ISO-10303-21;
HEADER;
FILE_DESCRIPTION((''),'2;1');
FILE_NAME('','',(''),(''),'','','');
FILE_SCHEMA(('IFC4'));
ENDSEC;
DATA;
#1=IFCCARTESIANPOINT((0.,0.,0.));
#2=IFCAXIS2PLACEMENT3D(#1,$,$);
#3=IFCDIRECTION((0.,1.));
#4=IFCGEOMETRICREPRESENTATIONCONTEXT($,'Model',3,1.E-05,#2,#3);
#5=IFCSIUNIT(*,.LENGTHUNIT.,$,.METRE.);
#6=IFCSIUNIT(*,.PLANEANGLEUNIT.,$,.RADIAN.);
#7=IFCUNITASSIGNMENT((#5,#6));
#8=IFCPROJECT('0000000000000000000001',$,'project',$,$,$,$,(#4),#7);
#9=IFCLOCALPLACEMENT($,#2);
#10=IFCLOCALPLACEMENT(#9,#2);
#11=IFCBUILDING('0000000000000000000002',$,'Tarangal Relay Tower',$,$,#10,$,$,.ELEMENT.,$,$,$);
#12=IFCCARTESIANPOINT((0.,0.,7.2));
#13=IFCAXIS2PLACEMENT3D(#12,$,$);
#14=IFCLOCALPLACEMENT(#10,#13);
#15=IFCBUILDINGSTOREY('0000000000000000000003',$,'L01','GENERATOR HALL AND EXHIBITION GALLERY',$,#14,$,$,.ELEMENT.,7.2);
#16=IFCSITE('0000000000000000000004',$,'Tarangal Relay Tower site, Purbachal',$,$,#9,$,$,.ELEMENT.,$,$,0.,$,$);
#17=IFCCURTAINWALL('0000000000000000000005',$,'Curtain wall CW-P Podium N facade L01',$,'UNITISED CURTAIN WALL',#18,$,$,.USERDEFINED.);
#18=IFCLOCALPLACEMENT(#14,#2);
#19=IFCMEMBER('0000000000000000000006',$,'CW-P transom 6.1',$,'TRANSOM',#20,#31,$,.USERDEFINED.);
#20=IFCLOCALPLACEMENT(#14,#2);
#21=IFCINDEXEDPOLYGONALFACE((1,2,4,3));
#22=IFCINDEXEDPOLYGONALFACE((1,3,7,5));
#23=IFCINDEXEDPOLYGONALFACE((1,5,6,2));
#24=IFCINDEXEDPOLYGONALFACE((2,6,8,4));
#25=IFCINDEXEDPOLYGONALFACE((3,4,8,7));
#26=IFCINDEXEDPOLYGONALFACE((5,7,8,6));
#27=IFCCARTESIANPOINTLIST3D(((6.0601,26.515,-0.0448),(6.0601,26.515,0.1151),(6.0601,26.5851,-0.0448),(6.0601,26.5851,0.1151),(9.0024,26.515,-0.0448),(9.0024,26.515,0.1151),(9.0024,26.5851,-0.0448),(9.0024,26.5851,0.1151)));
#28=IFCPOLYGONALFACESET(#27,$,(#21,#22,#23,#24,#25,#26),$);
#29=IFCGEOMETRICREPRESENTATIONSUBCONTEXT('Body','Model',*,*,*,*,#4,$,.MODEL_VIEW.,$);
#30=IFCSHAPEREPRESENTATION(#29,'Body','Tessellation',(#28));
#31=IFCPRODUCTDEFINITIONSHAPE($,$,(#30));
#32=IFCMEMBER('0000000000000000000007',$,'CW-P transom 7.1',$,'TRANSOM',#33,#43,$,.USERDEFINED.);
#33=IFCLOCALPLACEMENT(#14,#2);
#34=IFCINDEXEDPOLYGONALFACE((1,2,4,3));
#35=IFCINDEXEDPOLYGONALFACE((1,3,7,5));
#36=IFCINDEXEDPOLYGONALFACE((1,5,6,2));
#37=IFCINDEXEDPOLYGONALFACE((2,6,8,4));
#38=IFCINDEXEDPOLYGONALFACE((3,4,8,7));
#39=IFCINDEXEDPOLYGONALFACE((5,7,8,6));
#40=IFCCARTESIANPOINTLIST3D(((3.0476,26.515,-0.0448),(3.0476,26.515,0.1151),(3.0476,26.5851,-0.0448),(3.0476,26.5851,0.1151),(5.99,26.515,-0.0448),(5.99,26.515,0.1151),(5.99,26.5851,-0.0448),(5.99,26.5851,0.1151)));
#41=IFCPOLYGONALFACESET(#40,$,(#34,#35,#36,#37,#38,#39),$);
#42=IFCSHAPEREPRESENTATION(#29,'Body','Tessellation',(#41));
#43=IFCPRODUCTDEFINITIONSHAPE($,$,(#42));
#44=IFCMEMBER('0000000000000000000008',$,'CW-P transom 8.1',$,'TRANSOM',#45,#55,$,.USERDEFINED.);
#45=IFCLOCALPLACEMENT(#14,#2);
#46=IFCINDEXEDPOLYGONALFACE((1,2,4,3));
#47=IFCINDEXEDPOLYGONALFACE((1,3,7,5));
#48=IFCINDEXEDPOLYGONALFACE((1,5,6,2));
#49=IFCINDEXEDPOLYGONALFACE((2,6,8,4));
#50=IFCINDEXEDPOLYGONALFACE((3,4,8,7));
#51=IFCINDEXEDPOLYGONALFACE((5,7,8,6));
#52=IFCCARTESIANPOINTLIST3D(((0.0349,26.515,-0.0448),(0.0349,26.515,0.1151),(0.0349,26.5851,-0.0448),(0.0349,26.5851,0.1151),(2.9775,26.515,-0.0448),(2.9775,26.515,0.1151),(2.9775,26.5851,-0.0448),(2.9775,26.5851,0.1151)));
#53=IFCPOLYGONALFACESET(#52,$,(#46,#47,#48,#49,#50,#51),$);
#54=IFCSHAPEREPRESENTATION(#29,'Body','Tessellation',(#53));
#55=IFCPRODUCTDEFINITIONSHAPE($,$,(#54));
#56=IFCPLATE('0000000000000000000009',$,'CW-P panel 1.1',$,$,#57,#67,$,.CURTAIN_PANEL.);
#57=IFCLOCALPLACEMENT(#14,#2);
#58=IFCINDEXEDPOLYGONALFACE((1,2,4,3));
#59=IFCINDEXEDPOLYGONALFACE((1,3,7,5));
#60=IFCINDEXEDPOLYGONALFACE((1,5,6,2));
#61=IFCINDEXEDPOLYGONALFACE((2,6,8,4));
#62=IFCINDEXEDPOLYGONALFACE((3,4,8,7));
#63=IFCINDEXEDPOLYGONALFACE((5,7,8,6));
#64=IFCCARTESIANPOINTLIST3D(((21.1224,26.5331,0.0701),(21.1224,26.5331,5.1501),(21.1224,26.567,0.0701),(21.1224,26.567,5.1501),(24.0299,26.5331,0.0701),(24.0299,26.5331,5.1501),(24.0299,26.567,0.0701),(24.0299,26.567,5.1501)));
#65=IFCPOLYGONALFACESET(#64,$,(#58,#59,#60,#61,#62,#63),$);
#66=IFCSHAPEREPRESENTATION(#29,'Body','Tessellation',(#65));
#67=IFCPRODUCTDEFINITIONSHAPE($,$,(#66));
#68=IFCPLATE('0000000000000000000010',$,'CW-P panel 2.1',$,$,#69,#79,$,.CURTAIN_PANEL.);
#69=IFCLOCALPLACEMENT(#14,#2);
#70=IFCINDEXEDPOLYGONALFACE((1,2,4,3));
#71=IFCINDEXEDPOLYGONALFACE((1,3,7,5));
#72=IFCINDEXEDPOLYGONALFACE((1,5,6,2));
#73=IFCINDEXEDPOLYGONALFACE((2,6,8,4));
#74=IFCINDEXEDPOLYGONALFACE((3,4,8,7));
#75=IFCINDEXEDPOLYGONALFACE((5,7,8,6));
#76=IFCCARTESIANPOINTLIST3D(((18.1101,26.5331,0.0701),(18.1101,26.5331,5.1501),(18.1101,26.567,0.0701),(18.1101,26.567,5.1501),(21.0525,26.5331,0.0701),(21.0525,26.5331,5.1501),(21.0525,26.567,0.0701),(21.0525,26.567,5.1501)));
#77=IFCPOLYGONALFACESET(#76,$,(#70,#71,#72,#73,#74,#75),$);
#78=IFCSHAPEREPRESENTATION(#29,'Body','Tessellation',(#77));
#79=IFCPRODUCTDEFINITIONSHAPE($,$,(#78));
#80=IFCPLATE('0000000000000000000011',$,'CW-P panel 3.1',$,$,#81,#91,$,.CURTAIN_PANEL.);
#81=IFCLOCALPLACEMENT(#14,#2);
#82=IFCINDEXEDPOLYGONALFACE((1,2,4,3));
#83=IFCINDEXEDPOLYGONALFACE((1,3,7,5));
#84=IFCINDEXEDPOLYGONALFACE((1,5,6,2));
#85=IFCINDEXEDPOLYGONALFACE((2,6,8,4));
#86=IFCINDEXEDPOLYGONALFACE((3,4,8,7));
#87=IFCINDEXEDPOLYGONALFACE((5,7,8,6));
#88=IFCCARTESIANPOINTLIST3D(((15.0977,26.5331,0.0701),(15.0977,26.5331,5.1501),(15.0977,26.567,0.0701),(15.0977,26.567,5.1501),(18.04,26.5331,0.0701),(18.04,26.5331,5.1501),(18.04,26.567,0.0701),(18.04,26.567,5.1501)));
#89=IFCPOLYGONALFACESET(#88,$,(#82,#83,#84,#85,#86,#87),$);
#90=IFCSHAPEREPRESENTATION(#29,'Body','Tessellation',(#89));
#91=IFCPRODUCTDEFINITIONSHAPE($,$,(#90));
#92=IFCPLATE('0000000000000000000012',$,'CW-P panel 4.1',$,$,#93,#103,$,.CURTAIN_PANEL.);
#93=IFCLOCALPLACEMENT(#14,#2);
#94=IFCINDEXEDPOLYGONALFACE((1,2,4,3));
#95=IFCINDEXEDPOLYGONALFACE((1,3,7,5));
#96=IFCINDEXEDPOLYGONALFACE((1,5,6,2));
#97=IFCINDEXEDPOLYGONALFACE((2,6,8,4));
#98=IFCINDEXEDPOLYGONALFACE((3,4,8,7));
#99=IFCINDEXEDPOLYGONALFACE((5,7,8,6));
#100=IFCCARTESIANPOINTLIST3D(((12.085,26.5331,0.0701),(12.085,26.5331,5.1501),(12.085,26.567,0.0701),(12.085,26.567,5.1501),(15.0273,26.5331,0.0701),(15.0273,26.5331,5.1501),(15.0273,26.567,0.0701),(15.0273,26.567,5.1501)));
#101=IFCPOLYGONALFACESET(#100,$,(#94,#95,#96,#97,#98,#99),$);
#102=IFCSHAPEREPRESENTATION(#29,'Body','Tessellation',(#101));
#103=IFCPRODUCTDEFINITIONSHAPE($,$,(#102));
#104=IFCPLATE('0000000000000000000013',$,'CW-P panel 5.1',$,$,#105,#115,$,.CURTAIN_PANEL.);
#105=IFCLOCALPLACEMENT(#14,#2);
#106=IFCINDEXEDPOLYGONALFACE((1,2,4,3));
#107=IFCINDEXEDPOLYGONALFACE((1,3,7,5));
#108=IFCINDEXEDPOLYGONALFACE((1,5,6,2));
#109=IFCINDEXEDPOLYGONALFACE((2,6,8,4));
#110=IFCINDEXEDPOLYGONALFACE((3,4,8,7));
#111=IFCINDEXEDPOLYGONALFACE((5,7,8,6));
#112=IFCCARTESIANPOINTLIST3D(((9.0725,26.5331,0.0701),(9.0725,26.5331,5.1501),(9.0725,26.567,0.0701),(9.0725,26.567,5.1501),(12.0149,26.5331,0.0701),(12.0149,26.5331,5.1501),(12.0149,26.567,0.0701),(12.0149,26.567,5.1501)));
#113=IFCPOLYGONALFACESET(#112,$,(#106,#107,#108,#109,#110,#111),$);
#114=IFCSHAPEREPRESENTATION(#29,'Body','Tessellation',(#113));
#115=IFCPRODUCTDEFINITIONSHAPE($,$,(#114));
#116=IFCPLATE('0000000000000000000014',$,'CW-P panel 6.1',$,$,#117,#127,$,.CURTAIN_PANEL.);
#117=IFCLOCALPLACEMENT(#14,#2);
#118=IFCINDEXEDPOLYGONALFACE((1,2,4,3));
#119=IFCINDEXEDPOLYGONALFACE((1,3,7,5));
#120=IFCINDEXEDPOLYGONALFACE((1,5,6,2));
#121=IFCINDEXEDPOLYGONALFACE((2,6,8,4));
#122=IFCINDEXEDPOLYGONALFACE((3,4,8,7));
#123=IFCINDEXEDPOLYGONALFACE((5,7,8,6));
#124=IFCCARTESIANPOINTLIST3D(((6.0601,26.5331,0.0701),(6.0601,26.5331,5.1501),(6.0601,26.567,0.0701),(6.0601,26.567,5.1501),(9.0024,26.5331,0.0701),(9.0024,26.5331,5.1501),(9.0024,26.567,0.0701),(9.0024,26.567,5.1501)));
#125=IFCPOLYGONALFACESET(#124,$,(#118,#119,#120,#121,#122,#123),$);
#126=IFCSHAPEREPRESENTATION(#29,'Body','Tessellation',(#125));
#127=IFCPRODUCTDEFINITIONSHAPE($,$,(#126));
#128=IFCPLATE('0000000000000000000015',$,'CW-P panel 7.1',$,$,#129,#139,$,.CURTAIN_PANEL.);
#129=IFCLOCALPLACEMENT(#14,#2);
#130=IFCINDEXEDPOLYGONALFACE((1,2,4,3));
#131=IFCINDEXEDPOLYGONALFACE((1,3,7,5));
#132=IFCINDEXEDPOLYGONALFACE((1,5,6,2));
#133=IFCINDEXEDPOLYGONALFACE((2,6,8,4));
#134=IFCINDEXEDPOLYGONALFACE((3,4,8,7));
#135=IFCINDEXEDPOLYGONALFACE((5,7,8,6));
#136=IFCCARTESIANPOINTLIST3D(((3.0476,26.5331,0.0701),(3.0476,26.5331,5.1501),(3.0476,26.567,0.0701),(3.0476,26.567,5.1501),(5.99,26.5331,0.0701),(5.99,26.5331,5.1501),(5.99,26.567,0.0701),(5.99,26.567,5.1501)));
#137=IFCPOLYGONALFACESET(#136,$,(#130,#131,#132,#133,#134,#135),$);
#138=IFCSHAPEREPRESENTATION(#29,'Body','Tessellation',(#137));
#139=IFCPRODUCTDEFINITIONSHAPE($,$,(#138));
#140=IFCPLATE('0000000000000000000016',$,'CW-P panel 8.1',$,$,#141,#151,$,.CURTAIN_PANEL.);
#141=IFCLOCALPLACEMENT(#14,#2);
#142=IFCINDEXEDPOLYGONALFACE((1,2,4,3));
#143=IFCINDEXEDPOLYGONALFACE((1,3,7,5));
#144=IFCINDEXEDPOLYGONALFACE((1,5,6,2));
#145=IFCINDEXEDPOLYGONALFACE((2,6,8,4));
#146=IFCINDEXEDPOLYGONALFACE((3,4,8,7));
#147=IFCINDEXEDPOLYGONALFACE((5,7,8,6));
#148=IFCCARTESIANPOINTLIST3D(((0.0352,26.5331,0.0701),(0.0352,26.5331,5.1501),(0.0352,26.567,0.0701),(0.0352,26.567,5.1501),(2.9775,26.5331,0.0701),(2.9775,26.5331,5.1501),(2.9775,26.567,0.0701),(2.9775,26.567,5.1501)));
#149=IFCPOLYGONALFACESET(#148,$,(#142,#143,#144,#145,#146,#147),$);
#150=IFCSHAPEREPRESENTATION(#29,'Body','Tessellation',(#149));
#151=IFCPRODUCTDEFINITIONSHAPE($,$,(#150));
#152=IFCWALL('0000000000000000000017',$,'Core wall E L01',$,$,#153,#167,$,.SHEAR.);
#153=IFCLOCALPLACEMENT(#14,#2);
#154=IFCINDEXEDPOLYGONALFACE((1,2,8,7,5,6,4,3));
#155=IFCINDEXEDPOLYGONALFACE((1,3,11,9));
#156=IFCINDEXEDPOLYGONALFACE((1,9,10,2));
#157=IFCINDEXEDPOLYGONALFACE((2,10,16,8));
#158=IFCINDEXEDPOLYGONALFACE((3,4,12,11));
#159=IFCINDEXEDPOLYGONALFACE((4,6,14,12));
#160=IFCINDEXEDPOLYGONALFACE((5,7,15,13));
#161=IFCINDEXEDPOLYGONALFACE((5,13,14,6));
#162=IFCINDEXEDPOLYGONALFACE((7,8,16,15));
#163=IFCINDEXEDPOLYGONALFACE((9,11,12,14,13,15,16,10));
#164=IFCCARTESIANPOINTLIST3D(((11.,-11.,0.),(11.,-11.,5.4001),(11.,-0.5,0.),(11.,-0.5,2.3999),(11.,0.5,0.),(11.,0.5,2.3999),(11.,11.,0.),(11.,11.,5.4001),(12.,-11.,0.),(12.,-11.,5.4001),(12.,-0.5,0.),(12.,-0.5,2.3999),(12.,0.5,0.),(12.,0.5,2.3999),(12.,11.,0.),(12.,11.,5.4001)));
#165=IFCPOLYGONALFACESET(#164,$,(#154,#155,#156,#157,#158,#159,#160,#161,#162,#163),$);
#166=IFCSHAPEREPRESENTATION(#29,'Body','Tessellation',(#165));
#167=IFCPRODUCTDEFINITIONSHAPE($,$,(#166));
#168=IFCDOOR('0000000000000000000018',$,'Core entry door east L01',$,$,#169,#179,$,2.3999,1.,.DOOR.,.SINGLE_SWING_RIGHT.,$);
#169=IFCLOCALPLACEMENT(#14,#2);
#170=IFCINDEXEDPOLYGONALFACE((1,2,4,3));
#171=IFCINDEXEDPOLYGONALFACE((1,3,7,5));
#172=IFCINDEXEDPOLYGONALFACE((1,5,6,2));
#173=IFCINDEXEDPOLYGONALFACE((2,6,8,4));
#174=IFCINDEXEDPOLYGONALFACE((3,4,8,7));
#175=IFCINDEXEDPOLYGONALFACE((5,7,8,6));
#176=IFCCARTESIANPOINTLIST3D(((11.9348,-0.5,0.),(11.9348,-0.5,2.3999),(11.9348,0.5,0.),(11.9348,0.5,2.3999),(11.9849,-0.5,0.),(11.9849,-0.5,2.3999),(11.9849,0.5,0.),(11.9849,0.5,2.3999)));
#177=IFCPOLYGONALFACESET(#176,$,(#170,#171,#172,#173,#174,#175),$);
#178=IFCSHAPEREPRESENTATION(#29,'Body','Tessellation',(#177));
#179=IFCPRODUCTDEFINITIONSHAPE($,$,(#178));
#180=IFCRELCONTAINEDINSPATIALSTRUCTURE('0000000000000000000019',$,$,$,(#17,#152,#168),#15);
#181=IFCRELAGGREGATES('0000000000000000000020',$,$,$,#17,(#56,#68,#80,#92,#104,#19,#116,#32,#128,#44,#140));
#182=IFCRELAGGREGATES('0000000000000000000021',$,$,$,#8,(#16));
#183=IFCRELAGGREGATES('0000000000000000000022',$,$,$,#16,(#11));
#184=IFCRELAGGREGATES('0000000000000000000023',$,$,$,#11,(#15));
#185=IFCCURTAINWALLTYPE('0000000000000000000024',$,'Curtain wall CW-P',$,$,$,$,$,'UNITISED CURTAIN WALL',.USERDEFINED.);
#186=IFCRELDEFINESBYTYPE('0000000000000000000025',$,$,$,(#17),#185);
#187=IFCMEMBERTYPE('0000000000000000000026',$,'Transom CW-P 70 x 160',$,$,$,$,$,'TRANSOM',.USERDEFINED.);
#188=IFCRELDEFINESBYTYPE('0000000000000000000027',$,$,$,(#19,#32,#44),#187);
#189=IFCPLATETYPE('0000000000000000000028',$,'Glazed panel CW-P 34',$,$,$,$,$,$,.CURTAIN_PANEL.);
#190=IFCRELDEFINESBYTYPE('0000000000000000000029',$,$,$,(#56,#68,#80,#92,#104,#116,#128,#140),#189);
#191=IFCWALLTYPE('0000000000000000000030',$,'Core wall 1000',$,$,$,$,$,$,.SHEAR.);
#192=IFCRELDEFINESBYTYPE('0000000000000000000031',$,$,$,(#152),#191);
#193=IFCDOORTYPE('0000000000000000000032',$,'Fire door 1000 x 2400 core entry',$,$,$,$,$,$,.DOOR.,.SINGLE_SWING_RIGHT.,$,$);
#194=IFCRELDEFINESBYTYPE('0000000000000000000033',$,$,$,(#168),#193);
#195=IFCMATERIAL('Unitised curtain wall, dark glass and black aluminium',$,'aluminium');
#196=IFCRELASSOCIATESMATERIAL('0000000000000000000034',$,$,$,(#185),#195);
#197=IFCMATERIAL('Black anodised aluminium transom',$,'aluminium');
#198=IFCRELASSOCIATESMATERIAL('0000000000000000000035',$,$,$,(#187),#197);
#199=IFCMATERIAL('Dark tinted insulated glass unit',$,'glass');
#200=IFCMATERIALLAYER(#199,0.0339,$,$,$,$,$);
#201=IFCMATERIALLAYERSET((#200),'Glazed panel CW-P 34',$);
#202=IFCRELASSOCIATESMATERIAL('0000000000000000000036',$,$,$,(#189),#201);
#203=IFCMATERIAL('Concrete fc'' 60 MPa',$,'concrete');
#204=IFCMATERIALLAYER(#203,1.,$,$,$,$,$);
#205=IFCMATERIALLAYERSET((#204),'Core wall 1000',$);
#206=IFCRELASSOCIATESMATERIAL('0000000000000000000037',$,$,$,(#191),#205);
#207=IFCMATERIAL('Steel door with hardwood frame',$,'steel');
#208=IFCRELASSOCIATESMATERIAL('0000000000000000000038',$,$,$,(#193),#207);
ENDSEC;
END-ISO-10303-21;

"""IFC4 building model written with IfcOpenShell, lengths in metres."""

from ifc_helpers import new_model, si_unit, direction, frame, frame_2d, origin, origin_2d, place, context, subcontext, project, spatial, rectangle, extrude, material, layer, layer_set, material_profile, profile_set, type_object, element, fill, aggregate, save


model = new_model("IFC4")

# Units and contexts
model_context = context("Model", 3, precision=1e-05, world=origin(), true_north=direction((0.0, 1.0)))
body_context = subcontext(model_context, "Body", "Model", "MODEL_VIEW")
ifc_project = project(units=[si_unit("LENGTHUNIT", "METRE"), si_unit("PLANEANGLEUNIT", "RADIAN")], contexts=[model_context])

# Site, building, storey
site_placement = place(None, origin())
site = spatial("IfcSite", under=ifc_project, at=site_placement, Name="Tarangal Relay Tower site, Purbachal", CompositionType="ELEMENT", RefElevation=0.0)
building_placement = place(site_placement, origin())
building = spatial("IfcBuilding", under=site, at=building_placement, Name="Tarangal Relay Tower", CompositionType="ELEMENT")
storey_placement = place(building_placement, frame((0.0, 0.0, 7.2)))
storey = spatial("IfcBuildingStorey", under=building, at=storey_placement, Name="L01", Description="GENERATOR HALL AND EXHIBITION GALLERY", CompositionType="ELEMENT", Elevation=7.2)

# Curtain wall, members, plates
ifc_material_1 = material(Name="Unitised curtain wall, dark glass and black aluminium", Category="aluminium")
curtain_wall_type = type_object("IfcCurtainWallType", Name="Curtain wall CW-P", ElementType="UNITISED CURTAIN WALL", PredefinedType="USERDEFINED", material=ifc_material_1)
curtain_wall_placement = place(storey_placement, origin())
curtain_wall = element("IfcCurtainWall", 1, at=curtain_wall_placement, inside=storey, type_object=curtain_wall_type, Name="Curtain wall CW-P Podium N facade L01", ObjectType="UNITISED CURTAIN WALL", PredefinedType="USERDEFINED")
ifc_material_2 = material(Name="Black anodised aluminium transom", Category="aluminium")
ifc_material_profile_1 = material_profile(ifc_material_2, rectangle(XDim=0.0701, YDim=0.1599, at=origin_2d()), Name="CW-PT 70X160")
ifc_profile_set_1 = profile_set([ifc_material_profile_1], Name="Black anodised aluminium transom")
member_type_1 = type_object("IfcMemberType", Name="Transom CW-P 70 x 160", ElementType="TRANSOM", PredefinedType="USERDEFINED", material=ifc_profile_set_1)
member_1_placement = place(storey_placement, frame((9.0024, 26.55, 0.0352), z_axis=(-1.0, 0.0, 0.0), x_axis=(0.0, -1.0, 0.0)))
member_1 = element("IfcMember", 2, at=member_1_placement, type_object=member_type_1, Name="CW-P transom 6.1", ObjectType="TRANSOM", PredefinedType="USERDEFINED", context=body_context, shape_type="SweptSolid", body=[
    extrude(rectangle(XDim=0.0701, YDim=0.1599, at=origin_2d()), origin(), (0.0, 0.0, 1.0), 2.9424),
])
member_2_placement = place(storey_placement, frame((5.99, 26.55, 0.0352), z_axis=(-1.0, 0.0, 0.0), x_axis=(0.0, -1.0, 0.0)))
member_2 = element("IfcMember", 3, at=member_2_placement, type_object=member_type_1, Name="CW-P transom 7.1", ObjectType="TRANSOM", PredefinedType="USERDEFINED", context=body_context, shape_type="SweptSolid", body=[
    extrude(rectangle(XDim=0.0701, YDim=0.1599, at=origin_2d()), origin(), (0.0, 0.0, 1.0), 2.9424),
])
member_3_placement = place(storey_placement, frame((2.9775, 26.55, 0.0352), z_axis=(-1.0, 0.0, 0.0), x_axis=(0.0, -1.0, 0.0)))
member_3 = element("IfcMember", 4, at=member_3_placement, type_object=member_type_1, Name="CW-P transom 8.1", ObjectType="TRANSOM", PredefinedType="USERDEFINED", context=body_context, shape_type="SweptSolid", body=[
    extrude(rectangle(XDim=0.0701, YDim=0.1599, at=origin_2d()), origin(), (0.0, 0.0, 1.0), 2.9426),
])
ifc_material_3 = material(Name="Dark tinted insulated glass unit", Category="glass")
ifc_layer_1 = layer(ifc_material_3, 0.0339)
ifc_layer_set_1 = layer_set([ifc_layer_1], Name="Glazed panel CW-P 34")
plate_type = type_object("IfcPlateType", Name="Glazed panel CW-P 34", PredefinedType="CURTAIN_PANEL", material=ifc_layer_set_1)
plate_1_placement = place(storey_placement, frame((22.5762, 26.55, 0.0701), z_axis=(0.0, 0.0, 1.0), x_axis=(-1.0, 0.0, 0.0)))
plate_1 = element("IfcPlate", 5, at=plate_1_placement, type_object=plate_type, Name="CW-P panel 1.1", PredefinedType="CURTAIN_PANEL", context=body_context, shape_type="SweptSolid", body=[
    extrude(rectangle(XDim=2.9075, YDim=0.0339, at=origin_2d()), origin(), (0.0, 0.0, 1.0), 5.0801),
])
plate_2_placement = place(storey_placement, frame((19.5813, 26.55, 0.0701), z_axis=(0.0, 0.0, 1.0), x_axis=(-1.0, 0.0, 0.0)))
plate_2 = element("IfcPlate", 6, at=plate_2_placement, type_object=plate_type, Name="CW-P panel 2.1", PredefinedType="CURTAIN_PANEL", context=body_context, shape_type="SweptSolid", body=[
    extrude(rectangle(XDim=2.9424, YDim=0.0339, at=origin_2d()), origin(), (0.0, 0.0, 1.0), 5.0801),
])
plate_3_placement = place(storey_placement, frame((16.5688, 26.55, 0.0701), z_axis=(0.0, 0.0, 1.0), x_axis=(-1.0, 0.0, 0.0)))
plate_3 = element("IfcPlate", 7, at=plate_3_placement, type_object=plate_type, Name="CW-P panel 3.1", PredefinedType="CURTAIN_PANEL", context=body_context, shape_type="SweptSolid", body=[
    extrude(rectangle(XDim=2.9424, YDim=0.0339, at=origin_2d()), origin(), (0.0, 0.0, 1.0), 5.0801),
])
plate_4_placement = place(storey_placement, frame((13.5562, 26.55, 0.0701), z_axis=(0.0, 0.0, 1.0), x_axis=(-1.0, 0.0, 0.0)))
plate_4 = element("IfcPlate", 8, at=plate_4_placement, type_object=plate_type, Name="CW-P panel 4.1", PredefinedType="CURTAIN_PANEL", context=body_context, shape_type="SweptSolid", body=[
    extrude(rectangle(XDim=2.9424, YDim=0.0339, at=origin_2d()), origin(), (0.0, 0.0, 1.0), 5.0801),
])
plate_5_placement = place(storey_placement, frame((10.5437, 26.55, 0.0701), z_axis=(0.0, 0.0, 1.0), x_axis=(-1.0, 0.0, 0.0)))
plate_5 = element("IfcPlate", 9, at=plate_5_placement, type_object=plate_type, Name="CW-P panel 5.1", PredefinedType="CURTAIN_PANEL", context=body_context, shape_type="SweptSolid", body=[
    extrude(rectangle(XDim=2.9424, YDim=0.0339, at=origin_2d()), origin(), (0.0, 0.0, 1.0), 5.0801),
])
plate_6_placement = place(storey_placement, frame((7.5312, 26.55, 0.0701), z_axis=(0.0, 0.0, 1.0), x_axis=(-1.0, 0.0, 0.0)))
plate_6 = element("IfcPlate", 10, at=plate_6_placement, type_object=plate_type, Name="CW-P panel 6.1", PredefinedType="CURTAIN_PANEL", context=body_context, shape_type="SweptSolid", body=[
    extrude(rectangle(XDim=2.9424, YDim=0.0339, at=origin_2d()), origin(), (0.0, 0.0, 1.0), 5.0801),
])
plate_7_placement = place(storey_placement, frame((4.5188, 26.55, 0.0701), z_axis=(0.0, 0.0, 1.0), x_axis=(-1.0, 0.0, 0.0)))
plate_7 = element("IfcPlate", 11, at=plate_7_placement, type_object=plate_type, Name="CW-P panel 7.1", PredefinedType="CURTAIN_PANEL", context=body_context, shape_type="SweptSolid", body=[
    extrude(rectangle(XDim=2.9424, YDim=0.0339, at=origin_2d()), origin(), (0.0, 0.0, 1.0), 5.0801),
])
plate_8_placement = place(storey_placement, frame((1.5063, 26.55, 0.0701), z_axis=(0.0, 0.0, 1.0), x_axis=(-1.0, 0.0, 0.0)))
plate_8 = element("IfcPlate", 12, at=plate_8_placement, type_object=plate_type, Name="CW-P panel 8.1", PredefinedType="CURTAIN_PANEL", context=body_context, shape_type="SweptSolid", body=[
    extrude(rectangle(XDim=2.9424, YDim=0.0339, at=origin_2d()), origin(), (0.0, 0.0, 1.0), 5.0801),
])
aggregate(curtain_wall, [plate_1, plate_2, plate_3, plate_4, plate_5, member_1, plate_6, member_2, plate_7, member_3, plate_8])

# Wall, opening, door
ifc_material_4 = material(Name="Concrete fc' 60 MPa", Category="concrete")
ifc_layer_2 = layer(ifc_material_4, 1.0)
ifc_layer_set_2 = layer_set([ifc_layer_2], Name="Core wall 1000")
wall_type_1 = type_object("IfcWallType", Name="Core wall 1000", PredefinedType="SHEAR", material=ifc_layer_set_2)
wall_1_placement = place(storey_placement, frame((11.5, 11.0, 0.0), z_axis=(0.0, 0.0, 1.0), x_axis=(0.0, -1.0, 0.0)))
wall_1 = element("IfcWall", 13, at=wall_1_placement, inside=storey, type_object=wall_type_1, Name="Core wall E L01", PredefinedType="SHEAR", context=body_context, shape_type="SweptSolid", body=[
    extrude(rectangle(XDim=22.0, YDim=1.0, at=frame_2d((11.0, 0.0))), origin(), (0.0, 0.0, 1.0), 5.4001),
])
opening_placement = place(wall_1_placement, frame((10.5, 0.0, 0.0)))
opening = element("IfcOpeningElement", 14, at=opening_placement, cuts=wall_1, PredefinedType="OPENING", context=body_context, shape_type="SweptSolid", body=[
    extrude(rectangle(XDim=1.0, YDim=2.3999, at=frame_2d((0.5, 1.2))), frame((0.0, 0.51, 0.0), z_axis=(0.0, -1.0, 0.0), x_axis=(1.0, 0.0, 0.0)), (0.0, 0.0, 1.0), 1.02),
])
ifc_material_5 = material(Name="Steel door with hardwood frame", Category="steel")
door_type = type_object("IfcDoorType", Name="Fire door 1000 x 2400 core entry", OperationType="SINGLE_SWING_RIGHT", PredefinedType="DOOR", material=ifc_material_5)
door_placement = place(opening_placement, origin())
door = element("IfcDoor", 15, at=door_placement, inside=storey, type_object=door_type, Name="Core entry door east L01", OperationType="SINGLE_SWING_RIGHT", OverallHeight=2.3999, OverallWidth=1.0, PredefinedType="DOOR", context=body_context, shape_type="SweptSolid", body=[
    extrude(rectangle(XDim=1.0, YDim=2.3999, at=frame_2d((0.5, 1.2))), frame((0.0, 0.4849, 0.0), z_axis=(0.0, -1.0, 0.0), x_axis=(1.0, 0.0, 0.0)), (0.0, 0.0, 1.0), 0.05),
])
fill(opening, door)

save(model, "model.ifc")
